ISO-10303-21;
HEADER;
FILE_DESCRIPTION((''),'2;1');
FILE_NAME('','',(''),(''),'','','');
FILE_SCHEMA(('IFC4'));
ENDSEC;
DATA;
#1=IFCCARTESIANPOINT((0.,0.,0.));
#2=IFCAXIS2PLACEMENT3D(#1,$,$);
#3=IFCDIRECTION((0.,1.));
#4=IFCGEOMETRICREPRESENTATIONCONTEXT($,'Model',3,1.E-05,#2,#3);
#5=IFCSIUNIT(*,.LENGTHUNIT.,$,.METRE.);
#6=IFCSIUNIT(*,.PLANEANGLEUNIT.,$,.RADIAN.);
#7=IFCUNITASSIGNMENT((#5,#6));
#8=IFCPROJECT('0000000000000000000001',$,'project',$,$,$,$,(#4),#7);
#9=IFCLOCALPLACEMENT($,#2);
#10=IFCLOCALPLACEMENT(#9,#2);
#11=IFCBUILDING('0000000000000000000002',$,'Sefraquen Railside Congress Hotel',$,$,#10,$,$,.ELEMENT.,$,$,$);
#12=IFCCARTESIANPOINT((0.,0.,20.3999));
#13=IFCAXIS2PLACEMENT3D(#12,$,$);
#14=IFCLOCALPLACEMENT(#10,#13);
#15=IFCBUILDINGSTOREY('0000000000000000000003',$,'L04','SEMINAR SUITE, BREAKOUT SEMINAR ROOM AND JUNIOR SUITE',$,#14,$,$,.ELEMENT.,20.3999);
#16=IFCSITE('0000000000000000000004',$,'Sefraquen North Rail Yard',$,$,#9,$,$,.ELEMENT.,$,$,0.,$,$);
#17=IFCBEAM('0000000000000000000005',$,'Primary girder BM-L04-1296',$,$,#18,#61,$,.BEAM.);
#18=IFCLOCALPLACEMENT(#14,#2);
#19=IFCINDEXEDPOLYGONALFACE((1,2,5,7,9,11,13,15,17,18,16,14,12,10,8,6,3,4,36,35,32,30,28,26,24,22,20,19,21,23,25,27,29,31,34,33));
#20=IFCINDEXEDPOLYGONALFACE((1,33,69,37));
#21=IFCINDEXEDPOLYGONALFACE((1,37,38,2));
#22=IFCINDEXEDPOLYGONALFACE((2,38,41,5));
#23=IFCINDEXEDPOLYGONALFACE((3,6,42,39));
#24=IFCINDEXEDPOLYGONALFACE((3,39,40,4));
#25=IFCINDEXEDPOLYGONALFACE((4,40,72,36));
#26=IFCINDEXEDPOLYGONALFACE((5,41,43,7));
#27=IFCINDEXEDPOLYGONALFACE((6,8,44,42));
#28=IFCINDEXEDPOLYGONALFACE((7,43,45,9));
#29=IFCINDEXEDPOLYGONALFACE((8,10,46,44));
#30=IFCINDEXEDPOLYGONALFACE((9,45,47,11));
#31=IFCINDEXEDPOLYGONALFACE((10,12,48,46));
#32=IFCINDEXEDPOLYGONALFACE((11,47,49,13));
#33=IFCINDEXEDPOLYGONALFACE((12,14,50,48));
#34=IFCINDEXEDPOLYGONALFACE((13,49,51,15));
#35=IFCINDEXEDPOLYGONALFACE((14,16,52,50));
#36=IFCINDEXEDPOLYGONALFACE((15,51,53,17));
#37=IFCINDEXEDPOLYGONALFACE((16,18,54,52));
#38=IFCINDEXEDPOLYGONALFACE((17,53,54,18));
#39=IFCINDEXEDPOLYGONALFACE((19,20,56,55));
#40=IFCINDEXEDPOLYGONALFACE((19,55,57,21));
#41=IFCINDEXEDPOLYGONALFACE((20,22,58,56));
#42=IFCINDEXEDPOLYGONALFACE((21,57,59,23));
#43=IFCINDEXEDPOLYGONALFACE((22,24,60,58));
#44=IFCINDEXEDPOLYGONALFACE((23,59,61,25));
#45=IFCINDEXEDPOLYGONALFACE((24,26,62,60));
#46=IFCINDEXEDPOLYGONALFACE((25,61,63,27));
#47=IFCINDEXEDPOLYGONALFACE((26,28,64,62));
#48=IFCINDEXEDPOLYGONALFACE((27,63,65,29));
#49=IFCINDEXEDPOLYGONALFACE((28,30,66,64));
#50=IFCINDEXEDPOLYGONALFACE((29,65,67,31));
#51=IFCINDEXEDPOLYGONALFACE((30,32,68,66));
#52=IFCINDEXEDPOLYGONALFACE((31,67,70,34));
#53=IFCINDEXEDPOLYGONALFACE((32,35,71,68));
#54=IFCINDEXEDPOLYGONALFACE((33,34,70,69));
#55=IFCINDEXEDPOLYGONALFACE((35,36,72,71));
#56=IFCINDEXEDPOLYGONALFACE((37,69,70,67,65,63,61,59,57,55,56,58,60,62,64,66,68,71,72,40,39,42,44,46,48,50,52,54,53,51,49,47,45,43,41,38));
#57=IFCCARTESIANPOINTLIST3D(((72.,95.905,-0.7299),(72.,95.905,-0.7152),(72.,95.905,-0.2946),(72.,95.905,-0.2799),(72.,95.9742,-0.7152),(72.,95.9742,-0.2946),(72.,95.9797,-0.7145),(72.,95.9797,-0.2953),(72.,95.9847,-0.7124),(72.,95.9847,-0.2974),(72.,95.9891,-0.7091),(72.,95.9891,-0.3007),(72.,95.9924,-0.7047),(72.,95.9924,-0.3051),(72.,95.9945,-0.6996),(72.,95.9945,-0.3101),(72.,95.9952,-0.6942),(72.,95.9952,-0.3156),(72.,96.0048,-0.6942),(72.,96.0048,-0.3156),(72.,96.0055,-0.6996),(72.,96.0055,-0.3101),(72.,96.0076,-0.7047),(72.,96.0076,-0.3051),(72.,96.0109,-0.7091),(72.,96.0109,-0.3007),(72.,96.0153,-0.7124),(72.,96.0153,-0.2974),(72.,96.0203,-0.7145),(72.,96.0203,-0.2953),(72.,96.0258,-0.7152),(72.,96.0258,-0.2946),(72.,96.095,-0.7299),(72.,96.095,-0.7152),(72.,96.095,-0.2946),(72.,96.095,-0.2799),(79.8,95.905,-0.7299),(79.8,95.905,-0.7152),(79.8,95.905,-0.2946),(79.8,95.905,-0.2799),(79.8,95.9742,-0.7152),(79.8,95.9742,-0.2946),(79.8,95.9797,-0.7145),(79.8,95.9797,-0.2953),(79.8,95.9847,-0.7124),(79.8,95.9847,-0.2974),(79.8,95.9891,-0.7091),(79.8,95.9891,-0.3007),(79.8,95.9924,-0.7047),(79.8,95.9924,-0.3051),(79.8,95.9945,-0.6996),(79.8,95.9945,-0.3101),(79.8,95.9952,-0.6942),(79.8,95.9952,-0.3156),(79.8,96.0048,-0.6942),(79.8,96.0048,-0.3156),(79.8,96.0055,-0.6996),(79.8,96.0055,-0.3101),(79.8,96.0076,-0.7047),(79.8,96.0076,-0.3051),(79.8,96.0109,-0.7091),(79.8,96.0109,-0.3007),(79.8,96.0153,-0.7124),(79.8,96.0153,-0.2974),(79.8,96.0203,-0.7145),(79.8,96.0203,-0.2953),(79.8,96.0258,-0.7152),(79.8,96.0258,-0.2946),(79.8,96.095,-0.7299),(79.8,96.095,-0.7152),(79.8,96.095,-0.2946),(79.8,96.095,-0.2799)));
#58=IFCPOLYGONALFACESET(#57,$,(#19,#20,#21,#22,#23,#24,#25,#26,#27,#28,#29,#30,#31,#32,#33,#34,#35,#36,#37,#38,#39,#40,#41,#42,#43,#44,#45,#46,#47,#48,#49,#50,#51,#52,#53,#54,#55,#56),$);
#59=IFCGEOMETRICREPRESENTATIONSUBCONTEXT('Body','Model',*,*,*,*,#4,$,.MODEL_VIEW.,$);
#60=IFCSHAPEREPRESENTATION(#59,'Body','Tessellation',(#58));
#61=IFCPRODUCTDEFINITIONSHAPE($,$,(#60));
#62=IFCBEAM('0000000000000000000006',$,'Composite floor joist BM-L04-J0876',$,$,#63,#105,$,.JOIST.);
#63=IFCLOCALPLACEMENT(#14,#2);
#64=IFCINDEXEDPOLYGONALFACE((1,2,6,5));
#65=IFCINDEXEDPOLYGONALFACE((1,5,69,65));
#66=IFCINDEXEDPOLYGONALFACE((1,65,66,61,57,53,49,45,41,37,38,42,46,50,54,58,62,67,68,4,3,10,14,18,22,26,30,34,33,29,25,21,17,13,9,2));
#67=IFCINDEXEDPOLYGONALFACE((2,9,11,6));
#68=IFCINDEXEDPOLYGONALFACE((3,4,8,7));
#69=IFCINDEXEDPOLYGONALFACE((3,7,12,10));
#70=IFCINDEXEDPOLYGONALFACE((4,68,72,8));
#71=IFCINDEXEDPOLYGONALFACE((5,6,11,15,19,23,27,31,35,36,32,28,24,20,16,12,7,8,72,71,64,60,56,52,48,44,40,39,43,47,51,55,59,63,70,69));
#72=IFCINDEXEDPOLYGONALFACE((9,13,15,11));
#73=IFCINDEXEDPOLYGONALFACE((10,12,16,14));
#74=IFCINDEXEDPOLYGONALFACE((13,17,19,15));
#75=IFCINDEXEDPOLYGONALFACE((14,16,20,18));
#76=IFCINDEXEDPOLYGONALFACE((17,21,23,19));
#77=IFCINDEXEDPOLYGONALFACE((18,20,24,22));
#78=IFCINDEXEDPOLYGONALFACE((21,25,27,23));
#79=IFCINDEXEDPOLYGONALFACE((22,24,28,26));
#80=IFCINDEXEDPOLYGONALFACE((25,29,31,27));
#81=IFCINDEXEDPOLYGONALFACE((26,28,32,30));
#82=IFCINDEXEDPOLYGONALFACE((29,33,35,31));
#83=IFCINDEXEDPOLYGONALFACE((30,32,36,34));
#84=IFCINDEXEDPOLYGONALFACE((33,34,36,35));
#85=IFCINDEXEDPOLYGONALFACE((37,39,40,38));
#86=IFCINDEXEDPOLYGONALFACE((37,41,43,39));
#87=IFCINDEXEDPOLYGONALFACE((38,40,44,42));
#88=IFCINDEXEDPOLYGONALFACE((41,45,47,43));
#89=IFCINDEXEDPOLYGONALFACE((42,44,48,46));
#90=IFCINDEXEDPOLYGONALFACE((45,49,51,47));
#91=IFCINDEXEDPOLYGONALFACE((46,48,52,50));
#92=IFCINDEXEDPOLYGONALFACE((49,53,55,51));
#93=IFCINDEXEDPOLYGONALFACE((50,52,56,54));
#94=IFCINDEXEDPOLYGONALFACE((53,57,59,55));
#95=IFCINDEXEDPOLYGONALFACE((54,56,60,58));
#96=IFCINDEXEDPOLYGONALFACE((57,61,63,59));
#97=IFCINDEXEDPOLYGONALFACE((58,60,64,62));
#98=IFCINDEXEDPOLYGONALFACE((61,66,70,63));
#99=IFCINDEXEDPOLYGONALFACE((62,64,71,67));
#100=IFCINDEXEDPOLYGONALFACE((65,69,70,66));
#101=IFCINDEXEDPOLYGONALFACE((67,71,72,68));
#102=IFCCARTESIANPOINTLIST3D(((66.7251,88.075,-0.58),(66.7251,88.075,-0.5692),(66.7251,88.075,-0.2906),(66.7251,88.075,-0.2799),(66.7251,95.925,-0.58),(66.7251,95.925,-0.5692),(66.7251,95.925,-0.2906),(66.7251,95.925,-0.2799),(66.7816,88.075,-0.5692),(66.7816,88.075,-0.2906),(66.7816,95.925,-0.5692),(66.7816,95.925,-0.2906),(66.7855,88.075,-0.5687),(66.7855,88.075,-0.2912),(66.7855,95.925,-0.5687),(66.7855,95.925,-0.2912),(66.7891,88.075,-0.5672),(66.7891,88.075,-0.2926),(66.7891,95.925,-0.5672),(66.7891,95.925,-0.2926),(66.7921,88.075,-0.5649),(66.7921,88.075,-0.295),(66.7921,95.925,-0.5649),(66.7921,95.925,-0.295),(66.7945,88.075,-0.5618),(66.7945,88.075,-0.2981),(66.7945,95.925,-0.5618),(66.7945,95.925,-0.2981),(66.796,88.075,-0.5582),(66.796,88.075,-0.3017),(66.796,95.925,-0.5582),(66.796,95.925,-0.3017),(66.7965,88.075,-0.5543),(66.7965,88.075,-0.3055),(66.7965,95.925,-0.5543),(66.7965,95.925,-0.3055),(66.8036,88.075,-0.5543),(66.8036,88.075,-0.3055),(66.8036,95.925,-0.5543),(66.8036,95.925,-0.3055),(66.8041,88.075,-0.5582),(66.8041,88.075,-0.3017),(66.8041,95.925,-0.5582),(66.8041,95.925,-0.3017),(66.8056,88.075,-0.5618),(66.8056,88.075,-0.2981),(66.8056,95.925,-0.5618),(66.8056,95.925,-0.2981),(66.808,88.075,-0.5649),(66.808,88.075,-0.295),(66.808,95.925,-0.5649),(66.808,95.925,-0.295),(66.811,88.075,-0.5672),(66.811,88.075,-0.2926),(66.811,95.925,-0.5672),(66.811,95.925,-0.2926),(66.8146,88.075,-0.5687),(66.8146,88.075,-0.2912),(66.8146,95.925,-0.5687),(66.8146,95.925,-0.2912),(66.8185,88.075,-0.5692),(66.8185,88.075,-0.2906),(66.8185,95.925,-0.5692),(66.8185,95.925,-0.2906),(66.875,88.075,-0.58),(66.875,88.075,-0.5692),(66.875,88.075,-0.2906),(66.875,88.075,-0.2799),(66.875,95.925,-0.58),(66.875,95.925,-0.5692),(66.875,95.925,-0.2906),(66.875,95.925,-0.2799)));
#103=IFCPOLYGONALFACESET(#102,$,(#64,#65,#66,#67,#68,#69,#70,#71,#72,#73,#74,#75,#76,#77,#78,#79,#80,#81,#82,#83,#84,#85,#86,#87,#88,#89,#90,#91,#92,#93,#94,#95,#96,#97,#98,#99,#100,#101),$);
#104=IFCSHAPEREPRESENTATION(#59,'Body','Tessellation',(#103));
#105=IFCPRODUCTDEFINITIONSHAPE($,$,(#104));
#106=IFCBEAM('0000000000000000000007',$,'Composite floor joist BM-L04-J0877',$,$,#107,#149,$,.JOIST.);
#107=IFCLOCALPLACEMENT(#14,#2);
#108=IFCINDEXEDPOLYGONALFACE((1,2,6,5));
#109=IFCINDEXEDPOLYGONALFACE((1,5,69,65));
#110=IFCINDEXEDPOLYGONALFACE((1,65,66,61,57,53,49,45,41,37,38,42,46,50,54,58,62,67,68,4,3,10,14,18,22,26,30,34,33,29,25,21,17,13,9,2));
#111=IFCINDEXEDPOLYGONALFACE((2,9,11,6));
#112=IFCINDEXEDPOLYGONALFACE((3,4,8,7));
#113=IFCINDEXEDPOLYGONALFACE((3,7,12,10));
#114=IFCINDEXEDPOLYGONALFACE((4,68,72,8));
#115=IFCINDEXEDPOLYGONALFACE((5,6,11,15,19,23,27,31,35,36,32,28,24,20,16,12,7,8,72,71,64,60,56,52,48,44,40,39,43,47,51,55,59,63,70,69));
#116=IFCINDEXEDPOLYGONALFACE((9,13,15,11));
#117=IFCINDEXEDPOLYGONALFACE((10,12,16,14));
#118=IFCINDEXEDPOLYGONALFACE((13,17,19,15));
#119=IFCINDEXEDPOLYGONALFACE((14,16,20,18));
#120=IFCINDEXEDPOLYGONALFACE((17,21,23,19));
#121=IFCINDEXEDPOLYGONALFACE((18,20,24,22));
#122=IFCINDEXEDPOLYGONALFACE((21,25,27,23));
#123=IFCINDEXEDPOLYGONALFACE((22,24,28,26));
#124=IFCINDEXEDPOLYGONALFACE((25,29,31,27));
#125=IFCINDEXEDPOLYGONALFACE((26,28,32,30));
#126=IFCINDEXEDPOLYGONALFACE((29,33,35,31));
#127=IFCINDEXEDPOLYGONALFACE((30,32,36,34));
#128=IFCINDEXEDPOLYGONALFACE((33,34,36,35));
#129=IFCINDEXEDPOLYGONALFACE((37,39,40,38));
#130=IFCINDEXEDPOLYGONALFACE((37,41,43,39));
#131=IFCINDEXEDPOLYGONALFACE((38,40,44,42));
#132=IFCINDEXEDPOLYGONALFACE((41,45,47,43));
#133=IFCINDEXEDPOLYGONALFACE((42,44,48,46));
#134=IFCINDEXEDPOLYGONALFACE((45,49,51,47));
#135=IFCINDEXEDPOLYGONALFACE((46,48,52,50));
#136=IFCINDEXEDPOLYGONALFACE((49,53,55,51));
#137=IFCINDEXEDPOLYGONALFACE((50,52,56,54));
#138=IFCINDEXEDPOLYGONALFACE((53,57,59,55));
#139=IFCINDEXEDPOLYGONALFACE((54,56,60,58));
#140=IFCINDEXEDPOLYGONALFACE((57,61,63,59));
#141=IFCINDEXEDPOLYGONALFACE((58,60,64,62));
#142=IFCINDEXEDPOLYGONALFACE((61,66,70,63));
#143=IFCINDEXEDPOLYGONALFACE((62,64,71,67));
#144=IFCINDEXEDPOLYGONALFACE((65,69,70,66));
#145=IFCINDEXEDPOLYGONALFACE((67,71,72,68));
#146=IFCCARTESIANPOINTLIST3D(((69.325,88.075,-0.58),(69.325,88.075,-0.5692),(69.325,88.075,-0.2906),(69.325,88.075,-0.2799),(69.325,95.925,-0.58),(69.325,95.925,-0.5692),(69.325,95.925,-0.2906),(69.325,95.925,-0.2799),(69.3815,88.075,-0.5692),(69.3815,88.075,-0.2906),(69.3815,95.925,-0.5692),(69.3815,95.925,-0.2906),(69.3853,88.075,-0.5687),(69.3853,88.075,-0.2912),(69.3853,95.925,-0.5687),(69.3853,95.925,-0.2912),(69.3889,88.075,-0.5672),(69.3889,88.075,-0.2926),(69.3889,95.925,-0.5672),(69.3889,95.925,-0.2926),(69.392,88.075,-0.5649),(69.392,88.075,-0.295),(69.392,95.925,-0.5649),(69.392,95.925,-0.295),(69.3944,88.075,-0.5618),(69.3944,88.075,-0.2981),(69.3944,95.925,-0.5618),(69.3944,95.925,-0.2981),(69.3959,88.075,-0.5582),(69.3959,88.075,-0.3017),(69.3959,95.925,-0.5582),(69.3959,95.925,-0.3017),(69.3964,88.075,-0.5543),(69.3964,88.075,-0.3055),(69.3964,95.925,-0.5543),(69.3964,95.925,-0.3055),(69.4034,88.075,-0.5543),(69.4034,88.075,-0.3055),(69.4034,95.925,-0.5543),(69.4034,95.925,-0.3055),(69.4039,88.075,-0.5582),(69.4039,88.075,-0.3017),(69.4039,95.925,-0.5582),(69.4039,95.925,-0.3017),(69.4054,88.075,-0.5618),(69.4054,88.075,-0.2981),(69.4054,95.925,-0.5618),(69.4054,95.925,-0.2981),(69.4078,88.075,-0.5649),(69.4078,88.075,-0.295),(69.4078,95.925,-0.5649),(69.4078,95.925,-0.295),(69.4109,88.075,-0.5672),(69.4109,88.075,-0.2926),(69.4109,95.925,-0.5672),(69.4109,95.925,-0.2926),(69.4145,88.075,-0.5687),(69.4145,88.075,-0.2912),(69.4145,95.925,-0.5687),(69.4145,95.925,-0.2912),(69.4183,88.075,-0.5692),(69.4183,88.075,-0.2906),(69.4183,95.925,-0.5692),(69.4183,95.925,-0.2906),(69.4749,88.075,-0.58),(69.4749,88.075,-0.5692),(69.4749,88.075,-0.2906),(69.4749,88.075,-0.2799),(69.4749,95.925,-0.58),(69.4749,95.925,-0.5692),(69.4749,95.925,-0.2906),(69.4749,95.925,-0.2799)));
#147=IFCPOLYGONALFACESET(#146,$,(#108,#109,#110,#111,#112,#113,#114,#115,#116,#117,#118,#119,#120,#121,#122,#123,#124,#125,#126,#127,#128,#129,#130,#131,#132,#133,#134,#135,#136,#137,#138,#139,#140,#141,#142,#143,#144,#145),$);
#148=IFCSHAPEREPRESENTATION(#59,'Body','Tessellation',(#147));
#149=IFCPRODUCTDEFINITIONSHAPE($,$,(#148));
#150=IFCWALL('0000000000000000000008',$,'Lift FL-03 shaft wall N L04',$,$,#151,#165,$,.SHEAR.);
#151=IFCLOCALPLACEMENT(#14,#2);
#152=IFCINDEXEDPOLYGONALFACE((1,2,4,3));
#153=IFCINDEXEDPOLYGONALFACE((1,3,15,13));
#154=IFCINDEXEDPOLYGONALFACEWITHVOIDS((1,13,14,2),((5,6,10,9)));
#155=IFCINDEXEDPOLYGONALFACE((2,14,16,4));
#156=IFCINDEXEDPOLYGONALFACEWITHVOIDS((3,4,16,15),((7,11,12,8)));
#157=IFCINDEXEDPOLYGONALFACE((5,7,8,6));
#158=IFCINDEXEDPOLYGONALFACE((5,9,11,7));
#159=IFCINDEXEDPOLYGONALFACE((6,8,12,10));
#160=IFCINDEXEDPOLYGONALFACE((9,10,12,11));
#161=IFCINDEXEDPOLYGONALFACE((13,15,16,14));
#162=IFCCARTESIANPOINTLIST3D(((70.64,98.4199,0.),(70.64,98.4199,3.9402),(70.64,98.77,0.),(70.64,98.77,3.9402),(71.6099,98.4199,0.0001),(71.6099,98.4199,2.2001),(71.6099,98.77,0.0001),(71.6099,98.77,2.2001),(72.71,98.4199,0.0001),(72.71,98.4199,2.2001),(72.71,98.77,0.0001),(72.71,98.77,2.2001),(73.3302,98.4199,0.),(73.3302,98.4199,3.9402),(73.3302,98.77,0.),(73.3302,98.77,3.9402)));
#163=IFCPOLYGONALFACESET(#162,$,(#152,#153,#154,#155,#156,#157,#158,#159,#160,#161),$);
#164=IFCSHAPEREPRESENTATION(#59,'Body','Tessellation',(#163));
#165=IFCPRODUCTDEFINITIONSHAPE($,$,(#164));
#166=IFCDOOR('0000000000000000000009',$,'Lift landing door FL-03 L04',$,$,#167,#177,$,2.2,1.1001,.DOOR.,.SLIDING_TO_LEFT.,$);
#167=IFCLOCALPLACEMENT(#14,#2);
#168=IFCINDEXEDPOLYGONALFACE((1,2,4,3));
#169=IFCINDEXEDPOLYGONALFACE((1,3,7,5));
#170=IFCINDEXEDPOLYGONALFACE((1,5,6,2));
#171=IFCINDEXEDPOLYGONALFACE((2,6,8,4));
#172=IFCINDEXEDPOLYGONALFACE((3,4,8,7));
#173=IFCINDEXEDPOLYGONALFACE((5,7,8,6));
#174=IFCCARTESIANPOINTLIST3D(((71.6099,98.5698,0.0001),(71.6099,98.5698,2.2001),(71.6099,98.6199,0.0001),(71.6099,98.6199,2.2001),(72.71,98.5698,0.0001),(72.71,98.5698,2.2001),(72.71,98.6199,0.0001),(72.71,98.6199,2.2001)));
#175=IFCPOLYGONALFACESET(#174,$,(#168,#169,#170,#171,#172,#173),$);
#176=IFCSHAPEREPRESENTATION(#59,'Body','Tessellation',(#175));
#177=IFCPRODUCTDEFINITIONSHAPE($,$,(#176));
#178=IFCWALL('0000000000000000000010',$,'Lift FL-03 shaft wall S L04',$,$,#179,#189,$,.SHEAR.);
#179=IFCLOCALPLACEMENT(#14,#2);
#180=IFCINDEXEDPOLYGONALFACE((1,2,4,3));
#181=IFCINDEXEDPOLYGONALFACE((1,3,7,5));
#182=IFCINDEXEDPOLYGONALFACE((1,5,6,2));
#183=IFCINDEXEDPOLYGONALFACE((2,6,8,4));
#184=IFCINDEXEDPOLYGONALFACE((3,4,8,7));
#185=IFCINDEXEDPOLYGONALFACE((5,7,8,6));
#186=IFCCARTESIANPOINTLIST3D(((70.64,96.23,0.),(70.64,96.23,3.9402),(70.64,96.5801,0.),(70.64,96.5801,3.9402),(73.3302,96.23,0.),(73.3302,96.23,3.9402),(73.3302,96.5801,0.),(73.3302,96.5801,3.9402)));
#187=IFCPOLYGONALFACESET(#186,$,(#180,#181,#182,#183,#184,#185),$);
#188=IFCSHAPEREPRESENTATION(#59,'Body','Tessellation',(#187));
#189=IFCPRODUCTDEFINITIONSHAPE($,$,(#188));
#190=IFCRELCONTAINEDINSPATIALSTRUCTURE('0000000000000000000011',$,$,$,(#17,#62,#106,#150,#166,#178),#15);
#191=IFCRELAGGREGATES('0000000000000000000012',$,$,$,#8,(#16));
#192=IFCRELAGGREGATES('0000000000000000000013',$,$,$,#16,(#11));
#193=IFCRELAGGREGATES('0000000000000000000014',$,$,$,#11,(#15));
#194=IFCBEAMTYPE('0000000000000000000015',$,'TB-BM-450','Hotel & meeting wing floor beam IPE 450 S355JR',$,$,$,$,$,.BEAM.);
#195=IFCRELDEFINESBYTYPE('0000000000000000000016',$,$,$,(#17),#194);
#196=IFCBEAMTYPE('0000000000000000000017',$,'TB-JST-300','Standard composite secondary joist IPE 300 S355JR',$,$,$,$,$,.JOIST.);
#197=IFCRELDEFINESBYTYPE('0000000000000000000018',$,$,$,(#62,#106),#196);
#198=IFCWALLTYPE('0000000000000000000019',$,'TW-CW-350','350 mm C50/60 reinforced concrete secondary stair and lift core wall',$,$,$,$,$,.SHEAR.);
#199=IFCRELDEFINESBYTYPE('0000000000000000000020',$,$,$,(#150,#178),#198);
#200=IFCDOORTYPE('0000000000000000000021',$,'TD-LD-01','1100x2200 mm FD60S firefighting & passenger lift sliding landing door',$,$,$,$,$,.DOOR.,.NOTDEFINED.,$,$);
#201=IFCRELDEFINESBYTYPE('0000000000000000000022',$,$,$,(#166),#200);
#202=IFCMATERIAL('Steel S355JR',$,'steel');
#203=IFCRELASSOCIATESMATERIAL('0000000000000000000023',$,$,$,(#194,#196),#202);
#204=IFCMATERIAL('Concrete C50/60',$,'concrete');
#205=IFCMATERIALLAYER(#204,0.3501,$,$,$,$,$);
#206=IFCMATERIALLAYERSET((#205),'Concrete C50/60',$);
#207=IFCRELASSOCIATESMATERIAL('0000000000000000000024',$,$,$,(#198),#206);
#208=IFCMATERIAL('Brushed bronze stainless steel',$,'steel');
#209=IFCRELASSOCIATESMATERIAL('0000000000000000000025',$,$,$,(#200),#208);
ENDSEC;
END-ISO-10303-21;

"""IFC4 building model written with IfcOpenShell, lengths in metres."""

from ifc_helpers import new_model, si_unit, direction, frame, frame_2d, origin, origin_2d, place, context, subcontext, project, spatial, rectangle, i_section, extrude, material, layer, layer_set, material_profile, profile_set, type_object, element, fill, save


model = new_model("IFC4")

# Units and contexts
model_context = context("Model", 3, precision=1e-05, world=origin(), true_north=direction((0.0, 1.0)))
body_context = subcontext(model_context, "Body", "Model", "MODEL_VIEW")
ifc_project = project(units=[si_unit("LENGTHUNIT", "METRE"), si_unit("PLANEANGLEUNIT", "RADIAN")], contexts=[model_context])

# Site, building, storey
site_placement = place(None, origin())
site = spatial("IfcSite", under=ifc_project, at=site_placement, Name="Sefraquen North Rail Yard", CompositionType="ELEMENT", RefElevation=0.0)
building_placement = place(site_placement, origin())
building = spatial("IfcBuilding", under=site, at=building_placement, Name="Sefraquen Railside Congress Hotel", CompositionType="ELEMENT")
storey_placement = place(building_placement, frame((0.0, 0.0, 20.3999)))
storey = spatial("IfcBuildingStorey", under=building, at=storey_placement, Name="L04", Description="SEMINAR SUITE, BREAKOUT SEMINAR ROOM AND JUNIOR SUITE", CompositionType="ELEMENT", Elevation=20.3999)

# Shared definitions
ifc_material_1 = material(Name="Steel S355JR", Category="steel")

# Beams
ifc_material_profile_1 = material_profile(ifc_material_1, i_section(OverallWidth=0.1899, OverallDepth=0.45, WebThickness=0.0095, FlangeThickness=0.0146, FilletRadius=0.021, at=origin_2d()), Name="IPE 450")
ifc_profile_set_1 = profile_set([ifc_material_profile_1], Name="Steel S355JR")
beam_type_1 = type_object("IfcBeamType", Name="TB-BM-450", Description="Hotel & meeting wing floor beam IPE 450 S355JR", PredefinedType="BEAM", material=ifc_profile_set_1)
beam_1_placement = place(storey_placement, frame((72.0, 96.0, -0.5049), z_axis=(1.0, 0.0, 0.0), x_axis=(0.0, 1.0, 0.0)))
element("IfcBeam", 1, at=beam_1_placement, inside=storey, type_object=beam_type_1, Name="Primary girder BM-L04-1296", PredefinedType="BEAM", context=body_context, shape_type="SweptSolid", body=[
    extrude(i_section(OverallWidth=0.1899, OverallDepth=0.45, WebThickness=0.0095, FlangeThickness=0.0146, FilletRadius=0.021, at=origin_2d()), origin(), (0.0, 0.0, 1.0), 7.8),
])
ifc_material_profile_2 = material_profile(ifc_material_1, i_section(OverallWidth=0.1499, OverallDepth=0.3, WebThickness=0.0071, FlangeThickness=0.0107, FilletRadius=0.0149, at=origin_2d()), Name="IPE 300")
ifc_profile_set_2 = profile_set([ifc_material_profile_2], Name="Steel S355JR")
beam_type_2 = type_object("IfcBeamType", Name="TB-JST-300", Description="Standard composite secondary joist IPE 300 S355JR", PredefinedType="JOIST", material=ifc_profile_set_2)
for number, where, z_axis, x_axis, name in (
    (2, (66.8, 88.075, -0.4299), (0.0, 1.0, 0.0), (-1.0, 0.0, 0.0), "Composite floor joist BM-L04-J0876"),
    (3, (69.3999, 88.075, -0.4299), (0.0, 1.0, 0.0), (-1.0, 0.0, 0.0), "Composite floor joist BM-L04-J0877"),
):
    element("IfcBeam", number, at=place(storey_placement, frame(where, z_axis=z_axis, x_axis=x_axis)), inside=storey, type_object=beam_type_2, Name=name, PredefinedType="JOIST", context=body_context, shape_type="SweptSolid", body=[
        extrude(i_section(OverallWidth=0.1499, OverallDepth=0.3, WebThickness=0.0071, FlangeThickness=0.0107, FilletRadius=0.0149, at=origin_2d()), origin(), (0.0, 0.0, 1.0), 7.8501),
    ])

# Wall, opening, door
ifc_material_2 = material(Name="Concrete C50/60", Category="concrete")
ifc_layer_1 = layer(ifc_material_2, 0.3501)
ifc_layer_set_1 = layer_set([ifc_layer_1], Name="Concrete C50/60")
wall_type_1 = type_object("IfcWallType", Name="TW-CW-350", Description="350 mm C50/60 reinforced concrete secondary stair and lift core wall", PredefinedType="SHEAR", material=ifc_layer_set_1)
wall_1_placement = place(storey_placement, frame((70.6399, 98.595, 0.0), z_axis=(0.0, 0.0, 1.0), x_axis=(1.0, 0.0, 0.0)))
wall_1 = element("IfcWall", 4, at=wall_1_placement, inside=storey, type_object=wall_type_1, Name="Lift FL-03 shaft wall N L04", PredefinedType="SHEAR", context=body_context, shape_type="SweptSolid", body=[
    extrude(rectangle(XDim=2.6902, YDim=0.3501, at=frame_2d((1.3452, 0.0))), origin(), (0.0, 0.0, 1.0), 3.9402),
])
opening_1_placement = place(wall_1_placement, frame((0.97, 0.0, 0.0)))
opening_1 = element("IfcOpeningElement", 5, at=opening_1_placement, cuts=wall_1, PredefinedType="OPENING", context=body_context, shape_type="SweptSolid", body=[
    extrude(rectangle(XDim=1.1001, YDim=2.2, at=frame_2d((0.55, 1.1001))), frame((0.0, 0.1851, 0.0), z_axis=(0.0, -1.0, 0.0), x_axis=(1.0, 0.0, 0.0)), (0.0, 0.0, 1.0), 0.3701),
])
ifc_material_3 = material(Name="Brushed bronze stainless steel", Category="steel")
door_type_1 = type_object("IfcDoorType", Name="TD-LD-01", Description="1100x2200 mm FD60S firefighting & passenger lift sliding landing door", OperationType="NOTDEFINED", PredefinedType="DOOR", material=ifc_material_3)
door_1_placement = place(opening_1_placement, origin())
door_1 = element("IfcDoor", 6, at=door_1_placement, inside=storey, type_object=door_type_1, Name="Lift landing door FL-03 L04", OperationType="SLIDING_TO_LEFT", OverallHeight=2.2, OverallWidth=1.1001, PredefinedType="DOOR", context=body_context, shape_type="SweptSolid", body=[
    extrude(rectangle(XDim=1.1001, YDim=2.2, at=frame_2d((0.55, 1.1001))), frame((0.0, 0.0249, 0.0), z_axis=(0.0, -1.0, 0.0), x_axis=(1.0, 0.0, 0.0)), (0.0, 0.0, 1.0), 0.05),
])
fill(opening_1, door_1)

# Wall
wall_2_placement = place(storey_placement, frame((70.6399, 96.405, 0.0), z_axis=(0.0, 0.0, 1.0), x_axis=(1.0, 0.0, 0.0)))
element("IfcWall", 7, at=wall_2_placement, inside=storey, type_object=wall_type_1, Name="Lift FL-03 shaft wall S L04", PredefinedType="SHEAR", context=body_context, shape_type="SweptSolid", body=[
    extrude(rectangle(XDim=2.6902, YDim=0.3501, at=frame_2d((1.3452, 0.0))), origin(), (0.0, 0.0, 1.0), 3.9402),
])

save(model, "model.ifc")
